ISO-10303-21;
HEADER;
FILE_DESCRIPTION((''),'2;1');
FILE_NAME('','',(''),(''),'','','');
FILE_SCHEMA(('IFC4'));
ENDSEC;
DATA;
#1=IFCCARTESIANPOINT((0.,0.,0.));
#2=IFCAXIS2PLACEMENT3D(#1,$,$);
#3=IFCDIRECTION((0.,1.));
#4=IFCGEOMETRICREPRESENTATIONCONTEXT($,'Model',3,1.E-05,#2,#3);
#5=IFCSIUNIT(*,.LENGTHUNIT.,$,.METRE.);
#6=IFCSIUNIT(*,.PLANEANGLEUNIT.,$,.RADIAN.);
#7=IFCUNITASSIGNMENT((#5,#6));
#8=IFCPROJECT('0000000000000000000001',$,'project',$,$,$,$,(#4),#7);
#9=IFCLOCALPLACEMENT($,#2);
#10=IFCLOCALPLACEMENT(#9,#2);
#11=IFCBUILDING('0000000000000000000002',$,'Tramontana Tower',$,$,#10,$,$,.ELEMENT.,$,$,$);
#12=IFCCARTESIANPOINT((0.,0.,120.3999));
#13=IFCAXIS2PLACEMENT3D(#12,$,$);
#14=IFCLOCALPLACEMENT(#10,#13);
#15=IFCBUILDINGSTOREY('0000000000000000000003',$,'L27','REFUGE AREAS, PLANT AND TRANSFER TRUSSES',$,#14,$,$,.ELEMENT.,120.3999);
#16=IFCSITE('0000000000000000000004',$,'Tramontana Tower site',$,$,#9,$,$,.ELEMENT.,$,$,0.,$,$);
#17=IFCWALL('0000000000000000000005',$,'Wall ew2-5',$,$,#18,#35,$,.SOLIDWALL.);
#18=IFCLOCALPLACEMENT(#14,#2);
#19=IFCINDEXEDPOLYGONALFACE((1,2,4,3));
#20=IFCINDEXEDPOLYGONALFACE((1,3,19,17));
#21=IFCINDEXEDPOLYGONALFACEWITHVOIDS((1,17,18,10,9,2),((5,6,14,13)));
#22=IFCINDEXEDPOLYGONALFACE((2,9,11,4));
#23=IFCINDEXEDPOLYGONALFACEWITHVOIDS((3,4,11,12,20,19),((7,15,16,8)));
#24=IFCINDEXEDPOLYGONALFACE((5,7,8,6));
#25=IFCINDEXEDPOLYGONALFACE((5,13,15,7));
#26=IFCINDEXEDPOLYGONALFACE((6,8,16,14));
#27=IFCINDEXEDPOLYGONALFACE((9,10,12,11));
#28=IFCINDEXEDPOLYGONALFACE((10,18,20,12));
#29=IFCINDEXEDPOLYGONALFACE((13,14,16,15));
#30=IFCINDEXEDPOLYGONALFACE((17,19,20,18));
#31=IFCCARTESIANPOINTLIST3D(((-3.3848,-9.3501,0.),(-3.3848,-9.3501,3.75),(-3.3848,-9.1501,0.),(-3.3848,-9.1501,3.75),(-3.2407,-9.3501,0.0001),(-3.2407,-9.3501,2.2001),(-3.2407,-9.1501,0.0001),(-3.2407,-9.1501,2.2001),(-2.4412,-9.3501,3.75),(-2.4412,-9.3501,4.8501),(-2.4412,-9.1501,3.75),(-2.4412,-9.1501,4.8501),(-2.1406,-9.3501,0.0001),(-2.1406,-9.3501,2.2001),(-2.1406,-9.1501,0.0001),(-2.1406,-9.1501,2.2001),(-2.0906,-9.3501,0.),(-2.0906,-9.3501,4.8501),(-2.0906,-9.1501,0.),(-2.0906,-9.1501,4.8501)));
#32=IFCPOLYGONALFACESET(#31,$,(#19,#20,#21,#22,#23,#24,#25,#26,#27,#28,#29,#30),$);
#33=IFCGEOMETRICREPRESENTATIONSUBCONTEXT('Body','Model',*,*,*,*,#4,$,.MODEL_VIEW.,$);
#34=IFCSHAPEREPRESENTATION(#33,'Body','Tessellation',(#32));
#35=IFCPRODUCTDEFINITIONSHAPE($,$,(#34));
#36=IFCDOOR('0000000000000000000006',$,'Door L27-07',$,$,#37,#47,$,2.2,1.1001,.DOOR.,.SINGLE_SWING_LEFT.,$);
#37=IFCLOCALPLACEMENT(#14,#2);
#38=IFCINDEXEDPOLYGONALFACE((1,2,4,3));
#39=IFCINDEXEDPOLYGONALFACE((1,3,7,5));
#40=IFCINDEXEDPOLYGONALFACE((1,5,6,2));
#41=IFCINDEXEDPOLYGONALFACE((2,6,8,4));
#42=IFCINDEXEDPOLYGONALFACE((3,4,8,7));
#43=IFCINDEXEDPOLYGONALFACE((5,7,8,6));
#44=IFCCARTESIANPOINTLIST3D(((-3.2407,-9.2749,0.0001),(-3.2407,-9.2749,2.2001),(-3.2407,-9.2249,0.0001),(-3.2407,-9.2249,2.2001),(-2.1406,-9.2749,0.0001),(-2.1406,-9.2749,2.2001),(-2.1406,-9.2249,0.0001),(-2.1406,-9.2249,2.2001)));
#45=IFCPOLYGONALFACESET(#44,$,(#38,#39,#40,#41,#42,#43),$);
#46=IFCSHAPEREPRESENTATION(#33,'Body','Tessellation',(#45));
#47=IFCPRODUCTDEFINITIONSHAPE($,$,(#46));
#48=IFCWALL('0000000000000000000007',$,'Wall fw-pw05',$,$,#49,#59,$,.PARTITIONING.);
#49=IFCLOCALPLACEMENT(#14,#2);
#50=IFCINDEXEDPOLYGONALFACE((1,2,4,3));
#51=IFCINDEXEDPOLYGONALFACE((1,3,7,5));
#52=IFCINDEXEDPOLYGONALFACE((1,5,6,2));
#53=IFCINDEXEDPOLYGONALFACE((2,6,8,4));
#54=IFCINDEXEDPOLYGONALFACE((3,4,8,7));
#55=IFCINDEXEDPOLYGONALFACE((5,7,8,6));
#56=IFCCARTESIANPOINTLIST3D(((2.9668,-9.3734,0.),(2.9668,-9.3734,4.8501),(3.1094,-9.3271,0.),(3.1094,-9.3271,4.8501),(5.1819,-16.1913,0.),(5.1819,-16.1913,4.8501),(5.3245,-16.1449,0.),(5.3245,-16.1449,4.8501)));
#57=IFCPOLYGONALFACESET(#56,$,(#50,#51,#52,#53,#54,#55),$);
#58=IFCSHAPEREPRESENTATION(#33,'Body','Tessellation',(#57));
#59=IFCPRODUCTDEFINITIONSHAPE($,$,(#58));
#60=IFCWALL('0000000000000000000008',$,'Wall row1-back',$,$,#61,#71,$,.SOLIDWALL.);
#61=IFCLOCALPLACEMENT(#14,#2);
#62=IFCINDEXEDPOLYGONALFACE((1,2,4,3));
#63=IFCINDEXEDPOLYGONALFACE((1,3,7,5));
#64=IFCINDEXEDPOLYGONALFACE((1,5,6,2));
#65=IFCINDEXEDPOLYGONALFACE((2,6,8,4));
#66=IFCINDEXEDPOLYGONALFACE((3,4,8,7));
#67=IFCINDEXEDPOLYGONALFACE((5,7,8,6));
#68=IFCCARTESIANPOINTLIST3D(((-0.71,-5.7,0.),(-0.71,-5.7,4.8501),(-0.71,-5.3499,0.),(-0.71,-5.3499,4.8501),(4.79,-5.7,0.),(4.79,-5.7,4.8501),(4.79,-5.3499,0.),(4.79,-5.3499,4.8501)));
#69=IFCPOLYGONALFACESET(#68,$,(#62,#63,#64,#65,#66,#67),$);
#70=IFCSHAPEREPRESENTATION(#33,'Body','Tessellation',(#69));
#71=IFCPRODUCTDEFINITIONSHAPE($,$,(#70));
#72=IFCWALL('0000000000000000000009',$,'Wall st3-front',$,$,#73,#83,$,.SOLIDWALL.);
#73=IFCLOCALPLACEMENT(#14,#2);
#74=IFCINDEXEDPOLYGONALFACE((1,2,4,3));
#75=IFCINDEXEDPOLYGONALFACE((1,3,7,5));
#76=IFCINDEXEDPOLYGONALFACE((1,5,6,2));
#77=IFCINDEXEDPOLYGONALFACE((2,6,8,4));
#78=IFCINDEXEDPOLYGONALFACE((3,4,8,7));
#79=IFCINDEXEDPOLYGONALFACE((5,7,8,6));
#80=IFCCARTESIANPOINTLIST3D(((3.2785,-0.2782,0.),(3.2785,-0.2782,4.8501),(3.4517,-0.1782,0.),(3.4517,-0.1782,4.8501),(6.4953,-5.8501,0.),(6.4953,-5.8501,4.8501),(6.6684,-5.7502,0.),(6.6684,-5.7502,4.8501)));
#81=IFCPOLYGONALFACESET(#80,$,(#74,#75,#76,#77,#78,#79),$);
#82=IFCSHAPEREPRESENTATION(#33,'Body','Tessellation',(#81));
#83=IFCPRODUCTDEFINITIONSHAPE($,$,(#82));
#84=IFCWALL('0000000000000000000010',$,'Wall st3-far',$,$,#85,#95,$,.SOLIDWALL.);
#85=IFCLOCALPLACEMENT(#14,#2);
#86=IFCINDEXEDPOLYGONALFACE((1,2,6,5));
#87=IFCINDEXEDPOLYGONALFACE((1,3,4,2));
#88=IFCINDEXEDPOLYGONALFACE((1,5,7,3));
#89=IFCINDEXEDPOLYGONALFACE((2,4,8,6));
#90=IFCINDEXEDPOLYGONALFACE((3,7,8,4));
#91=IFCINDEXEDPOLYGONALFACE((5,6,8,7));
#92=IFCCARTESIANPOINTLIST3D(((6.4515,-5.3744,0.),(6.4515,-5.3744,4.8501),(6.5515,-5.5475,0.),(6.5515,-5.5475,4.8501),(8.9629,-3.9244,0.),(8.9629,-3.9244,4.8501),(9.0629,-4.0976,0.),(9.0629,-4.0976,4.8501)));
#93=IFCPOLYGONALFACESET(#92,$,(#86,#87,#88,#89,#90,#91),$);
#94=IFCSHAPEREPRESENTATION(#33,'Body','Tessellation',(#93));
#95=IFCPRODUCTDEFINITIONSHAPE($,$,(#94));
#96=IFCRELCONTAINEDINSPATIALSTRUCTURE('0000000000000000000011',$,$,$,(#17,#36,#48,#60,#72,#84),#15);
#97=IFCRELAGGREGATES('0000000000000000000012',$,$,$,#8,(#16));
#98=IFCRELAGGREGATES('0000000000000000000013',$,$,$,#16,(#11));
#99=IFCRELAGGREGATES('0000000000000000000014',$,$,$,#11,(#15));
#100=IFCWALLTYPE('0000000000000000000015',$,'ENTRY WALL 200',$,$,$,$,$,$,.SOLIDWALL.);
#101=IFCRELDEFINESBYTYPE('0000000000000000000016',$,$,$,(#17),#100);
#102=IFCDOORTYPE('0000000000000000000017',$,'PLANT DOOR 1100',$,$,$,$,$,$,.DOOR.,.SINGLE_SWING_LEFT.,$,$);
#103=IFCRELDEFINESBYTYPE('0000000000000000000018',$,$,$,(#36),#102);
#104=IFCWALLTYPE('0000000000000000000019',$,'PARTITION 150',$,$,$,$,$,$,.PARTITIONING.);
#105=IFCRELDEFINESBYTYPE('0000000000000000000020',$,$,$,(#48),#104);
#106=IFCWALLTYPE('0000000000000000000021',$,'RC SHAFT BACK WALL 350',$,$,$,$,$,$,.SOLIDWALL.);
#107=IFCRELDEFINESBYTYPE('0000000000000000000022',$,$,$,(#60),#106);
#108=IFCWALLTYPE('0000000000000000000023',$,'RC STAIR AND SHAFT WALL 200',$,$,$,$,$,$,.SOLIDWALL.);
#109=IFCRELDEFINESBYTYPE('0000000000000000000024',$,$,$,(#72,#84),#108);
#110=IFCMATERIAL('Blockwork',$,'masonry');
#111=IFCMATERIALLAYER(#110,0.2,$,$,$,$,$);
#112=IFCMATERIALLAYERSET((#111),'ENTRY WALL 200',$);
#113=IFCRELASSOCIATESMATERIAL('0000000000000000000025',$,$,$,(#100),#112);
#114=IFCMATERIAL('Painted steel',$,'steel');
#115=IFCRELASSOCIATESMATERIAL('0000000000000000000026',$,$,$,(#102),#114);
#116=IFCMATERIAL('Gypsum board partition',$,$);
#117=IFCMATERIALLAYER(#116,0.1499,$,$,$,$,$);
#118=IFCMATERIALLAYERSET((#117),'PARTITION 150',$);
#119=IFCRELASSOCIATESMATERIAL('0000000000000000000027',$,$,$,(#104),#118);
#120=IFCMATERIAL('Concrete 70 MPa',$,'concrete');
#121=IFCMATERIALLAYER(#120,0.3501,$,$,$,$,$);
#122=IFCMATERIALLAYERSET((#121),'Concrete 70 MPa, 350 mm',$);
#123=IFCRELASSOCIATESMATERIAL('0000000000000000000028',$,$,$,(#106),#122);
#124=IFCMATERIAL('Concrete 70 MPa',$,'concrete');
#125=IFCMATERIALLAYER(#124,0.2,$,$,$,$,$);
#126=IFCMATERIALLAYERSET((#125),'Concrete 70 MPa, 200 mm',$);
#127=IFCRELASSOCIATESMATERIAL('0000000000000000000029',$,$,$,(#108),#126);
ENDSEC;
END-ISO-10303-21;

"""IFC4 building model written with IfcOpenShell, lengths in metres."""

from ifc_helpers import new_model, si_unit, direction, frame, frame_2d, origin, place, context, subcontext, project, spatial, polyline, rectangle, outline, extrude, material, layer, layer_set, type_object, element, fill, save


model = new_model("IFC4")

# Units and contexts
model_context = context("Model", 3, precision=1e-05, world=origin(), true_north=direction((0.0, 1.0)))
body_context = subcontext(model_context, "Body", "Model", "MODEL_VIEW")
ifc_project = project(units=[si_unit("LENGTHUNIT", "METRE"), si_unit("PLANEANGLEUNIT", "RADIAN")], contexts=[model_context])

# Site, building, storey
site_placement = place(None, origin())
site = spatial("IfcSite", under=ifc_project, at=site_placement, Name="Tramontana Tower site", CompositionType="ELEMENT", RefElevation=0.0)
building_placement = place(site_placement, origin())
building = spatial("IfcBuilding", under=site, at=building_placement, Name="Tramontana Tower", CompositionType="ELEMENT")
storey_placement = place(building_placement, frame((0.0, 0.0, 120.3999)))
storey = spatial("IfcBuildingStorey", under=building, at=storey_placement, Name="L27", Description="REFUGE AREAS, PLANT AND TRANSFER TRUSSES", CompositionType="ELEMENT", Elevation=120.3999)

# Shared definitions
ifc_material_1 = material(Name="Blockwork", Category="masonry")
ifc_layer_1 = layer(ifc_material_1, 0.2)
ifc_layer_set_1 = layer_set([ifc_layer_1], Name="ENTRY WALL 200")
wall_type_1 = type_object("IfcWallType", Name="ENTRY WALL 200", PredefinedType="SOLIDWALL", material=ifc_layer_set_1)

# Wall, opening, door
wall_1_placement = place(storey_placement, frame((-2.0906, -9.25, 0.0), z_axis=(0.0, 0.0, 1.0), x_axis=(-1.0, 0.0, 0.0)))
wall_1 = element("IfcWall", 1, at=wall_1_placement, inside=storey, type_object=wall_type_1, Name="Wall ew2-5", PredefinedType="SOLIDWALL", context=body_context, shape_type="SweptSolid", body=[
    extrude(outline(polyline([(0.0, 0.0), (1.2942, 0.0), (1.2942, 3.75), (0.3506, 3.75), (0.3506, 4.8501), (0.0, 4.8501), (0.0, 0.0)])), frame((0.0, 0.1001, 0.0), z_axis=(0.0, -1.0, 0.0), x_axis=(1.0, 0.0, 0.0)), (0.0, 0.0, 1.0), 0.2),
])
opening_placement = place(wall_1_placement, frame((0.05, 0.0, 0.0)))
opening = element("IfcOpeningElement", 2, at=opening_placement, cuts=wall_1, PredefinedType="OPENING", context=body_context, shape_type="SweptSolid", body=[
    extrude(rectangle(XDim=1.1001, YDim=2.2, at=frame_2d((0.55, 1.1001))), frame((0.0, 0.1099, 0.0), z_axis=(0.0, -1.0, 0.0), x_axis=(1.0, 0.0, 0.0)), (0.0, 0.0, 1.0), 0.22),
])
ifc_material_2 = material(Name="Painted steel", Category="steel")
door_type = type_object("IfcDoorType", Name="PLANT DOOR 1100", OperationType="SINGLE_SWING_LEFT", PredefinedType="DOOR", material=ifc_material_2)
door_placement = place(opening_placement, origin())
door = element("IfcDoor", 3, at=door_placement, inside=storey, type_object=door_type, Name="Door L27-07", OperationType="SINGLE_SWING_LEFT", OverallHeight=2.2, OverallWidth=1.1001, PredefinedType="DOOR", context=body_context, shape_type="SweptSolid", body=[
    extrude(rectangle(XDim=1.1001, YDim=2.2, at=frame_2d((0.55, 1.1001))), frame((0.0, 0.0249, 0.0), z_axis=(0.0, -1.0, 0.0), x_axis=(1.0, 0.0, 0.0)), (0.0, 0.0, 1.0), 0.05),
])
fill(opening, door)

# Walls
ifc_material_3 = material(Name="Gypsum board partition")
ifc_layer_2 = layer(ifc_material_3, 0.1499)
ifc_layer_set_2 = layer_set([ifc_layer_2], Name="PARTITION 150")
wall_type_2 = type_object("IfcWallType", Name="PARTITION 150", PredefinedType="PARTITIONING", material=ifc_layer_set_2)
wall_2_placement = place(storey_placement, frame((3.0381, -9.3501, 0.0), z_axis=(0.0, 0.0, 1.0), x_axis=(0.308995, -0.951064, 0.0)))
element("IfcWall", 4, at=wall_2_placement, inside=storey, type_object=wall_type_2, Name="Wall fw-pw05", PredefinedType="PARTITIONING", context=body_context, shape_type="SweptSolid", body=[
    extrude(rectangle(XDim=7.1687, YDim=0.1499, at=frame_2d((3.5845, 0.0))), origin(), (0.0, 0.0, 1.0), 4.8501),
])
ifc_material_4 = material(Name="Concrete 70 MPa", Category="concrete")
ifc_layer_3 = layer(ifc_material_4, 0.3501)
ifc_layer_set_3 = layer_set([ifc_layer_3], Name="Concrete 70 MPa, 350 mm")
wall_type_3 = type_object("IfcWallType", Name="RC SHAFT BACK WALL 350", PredefinedType="SOLIDWALL", material=ifc_layer_set_3)
wall_3_placement = place(storey_placement, frame((-0.71, -5.5249, 0.0), z_axis=(0.0, 0.0, 1.0), x_axis=(1.0, 0.0, 0.0)))
element("IfcWall", 5, at=wall_3_placement, inside=storey, type_object=wall_type_3, Name="Wall row1-back", PredefinedType="SOLIDWALL", context=body_context, shape_type="SweptSolid", body=[
    extrude(rectangle(XDim=5.5, YDim=0.3501, at=frame_2d((2.75, 0.0))), origin(), (0.0, 0.0, 1.0), 4.8501),
])
ifc_material_5 = material(Name="Concrete 70 MPa", Category="concrete")
ifc_layer_4 = layer(ifc_material_5, 0.2)
ifc_layer_set_4 = layer_set([ifc_layer_4], Name="Concrete 70 MPa, 200 mm")
wall_type_4 = type_object("IfcWallType", Name="RC STAIR AND SHAFT WALL 200", PredefinedType="SOLIDWALL", material=ifc_layer_set_4)
wall_4_placement = place(storey_placement, frame((6.5818, -5.8, 0.0), z_axis=(0.0, 0.0, 1.0), x_axis=(-0.499975, 0.86604, 0.0)))
element("IfcWall", 6, at=wall_4_placement, inside=storey, type_object=wall_type_4, Name="Wall st3-front", PredefinedType="SOLIDWALL", context=body_context, shape_type="SweptSolid", body=[
    extrude(rectangle(XDim=6.4338, YDim=0.2, at=frame_2d((3.2168, 0.0))), origin(), (0.0, 0.0, 1.0), 4.8501),
])
wall_5_placement = place(storey_placement, frame((6.5015, -5.4609, 0.0), z_axis=(0.0, 0.0, 1.0), x_axis=(0.866033, 0.499987, 0.0)))
element("IfcWall", 7, at=wall_5_placement, inside=storey, type_object=wall_type_4, Name="Wall st3-far", PredefinedType="SOLIDWALL", context=body_context, shape_type="SweptSolid", body=[
    extrude(rectangle(XDim=2.8999, YDim=0.2, at=frame_2d((1.45, 0.0))), origin(), (0.0, 0.0, 1.0), 4.8501),
])

save(model, "model.ifc")
